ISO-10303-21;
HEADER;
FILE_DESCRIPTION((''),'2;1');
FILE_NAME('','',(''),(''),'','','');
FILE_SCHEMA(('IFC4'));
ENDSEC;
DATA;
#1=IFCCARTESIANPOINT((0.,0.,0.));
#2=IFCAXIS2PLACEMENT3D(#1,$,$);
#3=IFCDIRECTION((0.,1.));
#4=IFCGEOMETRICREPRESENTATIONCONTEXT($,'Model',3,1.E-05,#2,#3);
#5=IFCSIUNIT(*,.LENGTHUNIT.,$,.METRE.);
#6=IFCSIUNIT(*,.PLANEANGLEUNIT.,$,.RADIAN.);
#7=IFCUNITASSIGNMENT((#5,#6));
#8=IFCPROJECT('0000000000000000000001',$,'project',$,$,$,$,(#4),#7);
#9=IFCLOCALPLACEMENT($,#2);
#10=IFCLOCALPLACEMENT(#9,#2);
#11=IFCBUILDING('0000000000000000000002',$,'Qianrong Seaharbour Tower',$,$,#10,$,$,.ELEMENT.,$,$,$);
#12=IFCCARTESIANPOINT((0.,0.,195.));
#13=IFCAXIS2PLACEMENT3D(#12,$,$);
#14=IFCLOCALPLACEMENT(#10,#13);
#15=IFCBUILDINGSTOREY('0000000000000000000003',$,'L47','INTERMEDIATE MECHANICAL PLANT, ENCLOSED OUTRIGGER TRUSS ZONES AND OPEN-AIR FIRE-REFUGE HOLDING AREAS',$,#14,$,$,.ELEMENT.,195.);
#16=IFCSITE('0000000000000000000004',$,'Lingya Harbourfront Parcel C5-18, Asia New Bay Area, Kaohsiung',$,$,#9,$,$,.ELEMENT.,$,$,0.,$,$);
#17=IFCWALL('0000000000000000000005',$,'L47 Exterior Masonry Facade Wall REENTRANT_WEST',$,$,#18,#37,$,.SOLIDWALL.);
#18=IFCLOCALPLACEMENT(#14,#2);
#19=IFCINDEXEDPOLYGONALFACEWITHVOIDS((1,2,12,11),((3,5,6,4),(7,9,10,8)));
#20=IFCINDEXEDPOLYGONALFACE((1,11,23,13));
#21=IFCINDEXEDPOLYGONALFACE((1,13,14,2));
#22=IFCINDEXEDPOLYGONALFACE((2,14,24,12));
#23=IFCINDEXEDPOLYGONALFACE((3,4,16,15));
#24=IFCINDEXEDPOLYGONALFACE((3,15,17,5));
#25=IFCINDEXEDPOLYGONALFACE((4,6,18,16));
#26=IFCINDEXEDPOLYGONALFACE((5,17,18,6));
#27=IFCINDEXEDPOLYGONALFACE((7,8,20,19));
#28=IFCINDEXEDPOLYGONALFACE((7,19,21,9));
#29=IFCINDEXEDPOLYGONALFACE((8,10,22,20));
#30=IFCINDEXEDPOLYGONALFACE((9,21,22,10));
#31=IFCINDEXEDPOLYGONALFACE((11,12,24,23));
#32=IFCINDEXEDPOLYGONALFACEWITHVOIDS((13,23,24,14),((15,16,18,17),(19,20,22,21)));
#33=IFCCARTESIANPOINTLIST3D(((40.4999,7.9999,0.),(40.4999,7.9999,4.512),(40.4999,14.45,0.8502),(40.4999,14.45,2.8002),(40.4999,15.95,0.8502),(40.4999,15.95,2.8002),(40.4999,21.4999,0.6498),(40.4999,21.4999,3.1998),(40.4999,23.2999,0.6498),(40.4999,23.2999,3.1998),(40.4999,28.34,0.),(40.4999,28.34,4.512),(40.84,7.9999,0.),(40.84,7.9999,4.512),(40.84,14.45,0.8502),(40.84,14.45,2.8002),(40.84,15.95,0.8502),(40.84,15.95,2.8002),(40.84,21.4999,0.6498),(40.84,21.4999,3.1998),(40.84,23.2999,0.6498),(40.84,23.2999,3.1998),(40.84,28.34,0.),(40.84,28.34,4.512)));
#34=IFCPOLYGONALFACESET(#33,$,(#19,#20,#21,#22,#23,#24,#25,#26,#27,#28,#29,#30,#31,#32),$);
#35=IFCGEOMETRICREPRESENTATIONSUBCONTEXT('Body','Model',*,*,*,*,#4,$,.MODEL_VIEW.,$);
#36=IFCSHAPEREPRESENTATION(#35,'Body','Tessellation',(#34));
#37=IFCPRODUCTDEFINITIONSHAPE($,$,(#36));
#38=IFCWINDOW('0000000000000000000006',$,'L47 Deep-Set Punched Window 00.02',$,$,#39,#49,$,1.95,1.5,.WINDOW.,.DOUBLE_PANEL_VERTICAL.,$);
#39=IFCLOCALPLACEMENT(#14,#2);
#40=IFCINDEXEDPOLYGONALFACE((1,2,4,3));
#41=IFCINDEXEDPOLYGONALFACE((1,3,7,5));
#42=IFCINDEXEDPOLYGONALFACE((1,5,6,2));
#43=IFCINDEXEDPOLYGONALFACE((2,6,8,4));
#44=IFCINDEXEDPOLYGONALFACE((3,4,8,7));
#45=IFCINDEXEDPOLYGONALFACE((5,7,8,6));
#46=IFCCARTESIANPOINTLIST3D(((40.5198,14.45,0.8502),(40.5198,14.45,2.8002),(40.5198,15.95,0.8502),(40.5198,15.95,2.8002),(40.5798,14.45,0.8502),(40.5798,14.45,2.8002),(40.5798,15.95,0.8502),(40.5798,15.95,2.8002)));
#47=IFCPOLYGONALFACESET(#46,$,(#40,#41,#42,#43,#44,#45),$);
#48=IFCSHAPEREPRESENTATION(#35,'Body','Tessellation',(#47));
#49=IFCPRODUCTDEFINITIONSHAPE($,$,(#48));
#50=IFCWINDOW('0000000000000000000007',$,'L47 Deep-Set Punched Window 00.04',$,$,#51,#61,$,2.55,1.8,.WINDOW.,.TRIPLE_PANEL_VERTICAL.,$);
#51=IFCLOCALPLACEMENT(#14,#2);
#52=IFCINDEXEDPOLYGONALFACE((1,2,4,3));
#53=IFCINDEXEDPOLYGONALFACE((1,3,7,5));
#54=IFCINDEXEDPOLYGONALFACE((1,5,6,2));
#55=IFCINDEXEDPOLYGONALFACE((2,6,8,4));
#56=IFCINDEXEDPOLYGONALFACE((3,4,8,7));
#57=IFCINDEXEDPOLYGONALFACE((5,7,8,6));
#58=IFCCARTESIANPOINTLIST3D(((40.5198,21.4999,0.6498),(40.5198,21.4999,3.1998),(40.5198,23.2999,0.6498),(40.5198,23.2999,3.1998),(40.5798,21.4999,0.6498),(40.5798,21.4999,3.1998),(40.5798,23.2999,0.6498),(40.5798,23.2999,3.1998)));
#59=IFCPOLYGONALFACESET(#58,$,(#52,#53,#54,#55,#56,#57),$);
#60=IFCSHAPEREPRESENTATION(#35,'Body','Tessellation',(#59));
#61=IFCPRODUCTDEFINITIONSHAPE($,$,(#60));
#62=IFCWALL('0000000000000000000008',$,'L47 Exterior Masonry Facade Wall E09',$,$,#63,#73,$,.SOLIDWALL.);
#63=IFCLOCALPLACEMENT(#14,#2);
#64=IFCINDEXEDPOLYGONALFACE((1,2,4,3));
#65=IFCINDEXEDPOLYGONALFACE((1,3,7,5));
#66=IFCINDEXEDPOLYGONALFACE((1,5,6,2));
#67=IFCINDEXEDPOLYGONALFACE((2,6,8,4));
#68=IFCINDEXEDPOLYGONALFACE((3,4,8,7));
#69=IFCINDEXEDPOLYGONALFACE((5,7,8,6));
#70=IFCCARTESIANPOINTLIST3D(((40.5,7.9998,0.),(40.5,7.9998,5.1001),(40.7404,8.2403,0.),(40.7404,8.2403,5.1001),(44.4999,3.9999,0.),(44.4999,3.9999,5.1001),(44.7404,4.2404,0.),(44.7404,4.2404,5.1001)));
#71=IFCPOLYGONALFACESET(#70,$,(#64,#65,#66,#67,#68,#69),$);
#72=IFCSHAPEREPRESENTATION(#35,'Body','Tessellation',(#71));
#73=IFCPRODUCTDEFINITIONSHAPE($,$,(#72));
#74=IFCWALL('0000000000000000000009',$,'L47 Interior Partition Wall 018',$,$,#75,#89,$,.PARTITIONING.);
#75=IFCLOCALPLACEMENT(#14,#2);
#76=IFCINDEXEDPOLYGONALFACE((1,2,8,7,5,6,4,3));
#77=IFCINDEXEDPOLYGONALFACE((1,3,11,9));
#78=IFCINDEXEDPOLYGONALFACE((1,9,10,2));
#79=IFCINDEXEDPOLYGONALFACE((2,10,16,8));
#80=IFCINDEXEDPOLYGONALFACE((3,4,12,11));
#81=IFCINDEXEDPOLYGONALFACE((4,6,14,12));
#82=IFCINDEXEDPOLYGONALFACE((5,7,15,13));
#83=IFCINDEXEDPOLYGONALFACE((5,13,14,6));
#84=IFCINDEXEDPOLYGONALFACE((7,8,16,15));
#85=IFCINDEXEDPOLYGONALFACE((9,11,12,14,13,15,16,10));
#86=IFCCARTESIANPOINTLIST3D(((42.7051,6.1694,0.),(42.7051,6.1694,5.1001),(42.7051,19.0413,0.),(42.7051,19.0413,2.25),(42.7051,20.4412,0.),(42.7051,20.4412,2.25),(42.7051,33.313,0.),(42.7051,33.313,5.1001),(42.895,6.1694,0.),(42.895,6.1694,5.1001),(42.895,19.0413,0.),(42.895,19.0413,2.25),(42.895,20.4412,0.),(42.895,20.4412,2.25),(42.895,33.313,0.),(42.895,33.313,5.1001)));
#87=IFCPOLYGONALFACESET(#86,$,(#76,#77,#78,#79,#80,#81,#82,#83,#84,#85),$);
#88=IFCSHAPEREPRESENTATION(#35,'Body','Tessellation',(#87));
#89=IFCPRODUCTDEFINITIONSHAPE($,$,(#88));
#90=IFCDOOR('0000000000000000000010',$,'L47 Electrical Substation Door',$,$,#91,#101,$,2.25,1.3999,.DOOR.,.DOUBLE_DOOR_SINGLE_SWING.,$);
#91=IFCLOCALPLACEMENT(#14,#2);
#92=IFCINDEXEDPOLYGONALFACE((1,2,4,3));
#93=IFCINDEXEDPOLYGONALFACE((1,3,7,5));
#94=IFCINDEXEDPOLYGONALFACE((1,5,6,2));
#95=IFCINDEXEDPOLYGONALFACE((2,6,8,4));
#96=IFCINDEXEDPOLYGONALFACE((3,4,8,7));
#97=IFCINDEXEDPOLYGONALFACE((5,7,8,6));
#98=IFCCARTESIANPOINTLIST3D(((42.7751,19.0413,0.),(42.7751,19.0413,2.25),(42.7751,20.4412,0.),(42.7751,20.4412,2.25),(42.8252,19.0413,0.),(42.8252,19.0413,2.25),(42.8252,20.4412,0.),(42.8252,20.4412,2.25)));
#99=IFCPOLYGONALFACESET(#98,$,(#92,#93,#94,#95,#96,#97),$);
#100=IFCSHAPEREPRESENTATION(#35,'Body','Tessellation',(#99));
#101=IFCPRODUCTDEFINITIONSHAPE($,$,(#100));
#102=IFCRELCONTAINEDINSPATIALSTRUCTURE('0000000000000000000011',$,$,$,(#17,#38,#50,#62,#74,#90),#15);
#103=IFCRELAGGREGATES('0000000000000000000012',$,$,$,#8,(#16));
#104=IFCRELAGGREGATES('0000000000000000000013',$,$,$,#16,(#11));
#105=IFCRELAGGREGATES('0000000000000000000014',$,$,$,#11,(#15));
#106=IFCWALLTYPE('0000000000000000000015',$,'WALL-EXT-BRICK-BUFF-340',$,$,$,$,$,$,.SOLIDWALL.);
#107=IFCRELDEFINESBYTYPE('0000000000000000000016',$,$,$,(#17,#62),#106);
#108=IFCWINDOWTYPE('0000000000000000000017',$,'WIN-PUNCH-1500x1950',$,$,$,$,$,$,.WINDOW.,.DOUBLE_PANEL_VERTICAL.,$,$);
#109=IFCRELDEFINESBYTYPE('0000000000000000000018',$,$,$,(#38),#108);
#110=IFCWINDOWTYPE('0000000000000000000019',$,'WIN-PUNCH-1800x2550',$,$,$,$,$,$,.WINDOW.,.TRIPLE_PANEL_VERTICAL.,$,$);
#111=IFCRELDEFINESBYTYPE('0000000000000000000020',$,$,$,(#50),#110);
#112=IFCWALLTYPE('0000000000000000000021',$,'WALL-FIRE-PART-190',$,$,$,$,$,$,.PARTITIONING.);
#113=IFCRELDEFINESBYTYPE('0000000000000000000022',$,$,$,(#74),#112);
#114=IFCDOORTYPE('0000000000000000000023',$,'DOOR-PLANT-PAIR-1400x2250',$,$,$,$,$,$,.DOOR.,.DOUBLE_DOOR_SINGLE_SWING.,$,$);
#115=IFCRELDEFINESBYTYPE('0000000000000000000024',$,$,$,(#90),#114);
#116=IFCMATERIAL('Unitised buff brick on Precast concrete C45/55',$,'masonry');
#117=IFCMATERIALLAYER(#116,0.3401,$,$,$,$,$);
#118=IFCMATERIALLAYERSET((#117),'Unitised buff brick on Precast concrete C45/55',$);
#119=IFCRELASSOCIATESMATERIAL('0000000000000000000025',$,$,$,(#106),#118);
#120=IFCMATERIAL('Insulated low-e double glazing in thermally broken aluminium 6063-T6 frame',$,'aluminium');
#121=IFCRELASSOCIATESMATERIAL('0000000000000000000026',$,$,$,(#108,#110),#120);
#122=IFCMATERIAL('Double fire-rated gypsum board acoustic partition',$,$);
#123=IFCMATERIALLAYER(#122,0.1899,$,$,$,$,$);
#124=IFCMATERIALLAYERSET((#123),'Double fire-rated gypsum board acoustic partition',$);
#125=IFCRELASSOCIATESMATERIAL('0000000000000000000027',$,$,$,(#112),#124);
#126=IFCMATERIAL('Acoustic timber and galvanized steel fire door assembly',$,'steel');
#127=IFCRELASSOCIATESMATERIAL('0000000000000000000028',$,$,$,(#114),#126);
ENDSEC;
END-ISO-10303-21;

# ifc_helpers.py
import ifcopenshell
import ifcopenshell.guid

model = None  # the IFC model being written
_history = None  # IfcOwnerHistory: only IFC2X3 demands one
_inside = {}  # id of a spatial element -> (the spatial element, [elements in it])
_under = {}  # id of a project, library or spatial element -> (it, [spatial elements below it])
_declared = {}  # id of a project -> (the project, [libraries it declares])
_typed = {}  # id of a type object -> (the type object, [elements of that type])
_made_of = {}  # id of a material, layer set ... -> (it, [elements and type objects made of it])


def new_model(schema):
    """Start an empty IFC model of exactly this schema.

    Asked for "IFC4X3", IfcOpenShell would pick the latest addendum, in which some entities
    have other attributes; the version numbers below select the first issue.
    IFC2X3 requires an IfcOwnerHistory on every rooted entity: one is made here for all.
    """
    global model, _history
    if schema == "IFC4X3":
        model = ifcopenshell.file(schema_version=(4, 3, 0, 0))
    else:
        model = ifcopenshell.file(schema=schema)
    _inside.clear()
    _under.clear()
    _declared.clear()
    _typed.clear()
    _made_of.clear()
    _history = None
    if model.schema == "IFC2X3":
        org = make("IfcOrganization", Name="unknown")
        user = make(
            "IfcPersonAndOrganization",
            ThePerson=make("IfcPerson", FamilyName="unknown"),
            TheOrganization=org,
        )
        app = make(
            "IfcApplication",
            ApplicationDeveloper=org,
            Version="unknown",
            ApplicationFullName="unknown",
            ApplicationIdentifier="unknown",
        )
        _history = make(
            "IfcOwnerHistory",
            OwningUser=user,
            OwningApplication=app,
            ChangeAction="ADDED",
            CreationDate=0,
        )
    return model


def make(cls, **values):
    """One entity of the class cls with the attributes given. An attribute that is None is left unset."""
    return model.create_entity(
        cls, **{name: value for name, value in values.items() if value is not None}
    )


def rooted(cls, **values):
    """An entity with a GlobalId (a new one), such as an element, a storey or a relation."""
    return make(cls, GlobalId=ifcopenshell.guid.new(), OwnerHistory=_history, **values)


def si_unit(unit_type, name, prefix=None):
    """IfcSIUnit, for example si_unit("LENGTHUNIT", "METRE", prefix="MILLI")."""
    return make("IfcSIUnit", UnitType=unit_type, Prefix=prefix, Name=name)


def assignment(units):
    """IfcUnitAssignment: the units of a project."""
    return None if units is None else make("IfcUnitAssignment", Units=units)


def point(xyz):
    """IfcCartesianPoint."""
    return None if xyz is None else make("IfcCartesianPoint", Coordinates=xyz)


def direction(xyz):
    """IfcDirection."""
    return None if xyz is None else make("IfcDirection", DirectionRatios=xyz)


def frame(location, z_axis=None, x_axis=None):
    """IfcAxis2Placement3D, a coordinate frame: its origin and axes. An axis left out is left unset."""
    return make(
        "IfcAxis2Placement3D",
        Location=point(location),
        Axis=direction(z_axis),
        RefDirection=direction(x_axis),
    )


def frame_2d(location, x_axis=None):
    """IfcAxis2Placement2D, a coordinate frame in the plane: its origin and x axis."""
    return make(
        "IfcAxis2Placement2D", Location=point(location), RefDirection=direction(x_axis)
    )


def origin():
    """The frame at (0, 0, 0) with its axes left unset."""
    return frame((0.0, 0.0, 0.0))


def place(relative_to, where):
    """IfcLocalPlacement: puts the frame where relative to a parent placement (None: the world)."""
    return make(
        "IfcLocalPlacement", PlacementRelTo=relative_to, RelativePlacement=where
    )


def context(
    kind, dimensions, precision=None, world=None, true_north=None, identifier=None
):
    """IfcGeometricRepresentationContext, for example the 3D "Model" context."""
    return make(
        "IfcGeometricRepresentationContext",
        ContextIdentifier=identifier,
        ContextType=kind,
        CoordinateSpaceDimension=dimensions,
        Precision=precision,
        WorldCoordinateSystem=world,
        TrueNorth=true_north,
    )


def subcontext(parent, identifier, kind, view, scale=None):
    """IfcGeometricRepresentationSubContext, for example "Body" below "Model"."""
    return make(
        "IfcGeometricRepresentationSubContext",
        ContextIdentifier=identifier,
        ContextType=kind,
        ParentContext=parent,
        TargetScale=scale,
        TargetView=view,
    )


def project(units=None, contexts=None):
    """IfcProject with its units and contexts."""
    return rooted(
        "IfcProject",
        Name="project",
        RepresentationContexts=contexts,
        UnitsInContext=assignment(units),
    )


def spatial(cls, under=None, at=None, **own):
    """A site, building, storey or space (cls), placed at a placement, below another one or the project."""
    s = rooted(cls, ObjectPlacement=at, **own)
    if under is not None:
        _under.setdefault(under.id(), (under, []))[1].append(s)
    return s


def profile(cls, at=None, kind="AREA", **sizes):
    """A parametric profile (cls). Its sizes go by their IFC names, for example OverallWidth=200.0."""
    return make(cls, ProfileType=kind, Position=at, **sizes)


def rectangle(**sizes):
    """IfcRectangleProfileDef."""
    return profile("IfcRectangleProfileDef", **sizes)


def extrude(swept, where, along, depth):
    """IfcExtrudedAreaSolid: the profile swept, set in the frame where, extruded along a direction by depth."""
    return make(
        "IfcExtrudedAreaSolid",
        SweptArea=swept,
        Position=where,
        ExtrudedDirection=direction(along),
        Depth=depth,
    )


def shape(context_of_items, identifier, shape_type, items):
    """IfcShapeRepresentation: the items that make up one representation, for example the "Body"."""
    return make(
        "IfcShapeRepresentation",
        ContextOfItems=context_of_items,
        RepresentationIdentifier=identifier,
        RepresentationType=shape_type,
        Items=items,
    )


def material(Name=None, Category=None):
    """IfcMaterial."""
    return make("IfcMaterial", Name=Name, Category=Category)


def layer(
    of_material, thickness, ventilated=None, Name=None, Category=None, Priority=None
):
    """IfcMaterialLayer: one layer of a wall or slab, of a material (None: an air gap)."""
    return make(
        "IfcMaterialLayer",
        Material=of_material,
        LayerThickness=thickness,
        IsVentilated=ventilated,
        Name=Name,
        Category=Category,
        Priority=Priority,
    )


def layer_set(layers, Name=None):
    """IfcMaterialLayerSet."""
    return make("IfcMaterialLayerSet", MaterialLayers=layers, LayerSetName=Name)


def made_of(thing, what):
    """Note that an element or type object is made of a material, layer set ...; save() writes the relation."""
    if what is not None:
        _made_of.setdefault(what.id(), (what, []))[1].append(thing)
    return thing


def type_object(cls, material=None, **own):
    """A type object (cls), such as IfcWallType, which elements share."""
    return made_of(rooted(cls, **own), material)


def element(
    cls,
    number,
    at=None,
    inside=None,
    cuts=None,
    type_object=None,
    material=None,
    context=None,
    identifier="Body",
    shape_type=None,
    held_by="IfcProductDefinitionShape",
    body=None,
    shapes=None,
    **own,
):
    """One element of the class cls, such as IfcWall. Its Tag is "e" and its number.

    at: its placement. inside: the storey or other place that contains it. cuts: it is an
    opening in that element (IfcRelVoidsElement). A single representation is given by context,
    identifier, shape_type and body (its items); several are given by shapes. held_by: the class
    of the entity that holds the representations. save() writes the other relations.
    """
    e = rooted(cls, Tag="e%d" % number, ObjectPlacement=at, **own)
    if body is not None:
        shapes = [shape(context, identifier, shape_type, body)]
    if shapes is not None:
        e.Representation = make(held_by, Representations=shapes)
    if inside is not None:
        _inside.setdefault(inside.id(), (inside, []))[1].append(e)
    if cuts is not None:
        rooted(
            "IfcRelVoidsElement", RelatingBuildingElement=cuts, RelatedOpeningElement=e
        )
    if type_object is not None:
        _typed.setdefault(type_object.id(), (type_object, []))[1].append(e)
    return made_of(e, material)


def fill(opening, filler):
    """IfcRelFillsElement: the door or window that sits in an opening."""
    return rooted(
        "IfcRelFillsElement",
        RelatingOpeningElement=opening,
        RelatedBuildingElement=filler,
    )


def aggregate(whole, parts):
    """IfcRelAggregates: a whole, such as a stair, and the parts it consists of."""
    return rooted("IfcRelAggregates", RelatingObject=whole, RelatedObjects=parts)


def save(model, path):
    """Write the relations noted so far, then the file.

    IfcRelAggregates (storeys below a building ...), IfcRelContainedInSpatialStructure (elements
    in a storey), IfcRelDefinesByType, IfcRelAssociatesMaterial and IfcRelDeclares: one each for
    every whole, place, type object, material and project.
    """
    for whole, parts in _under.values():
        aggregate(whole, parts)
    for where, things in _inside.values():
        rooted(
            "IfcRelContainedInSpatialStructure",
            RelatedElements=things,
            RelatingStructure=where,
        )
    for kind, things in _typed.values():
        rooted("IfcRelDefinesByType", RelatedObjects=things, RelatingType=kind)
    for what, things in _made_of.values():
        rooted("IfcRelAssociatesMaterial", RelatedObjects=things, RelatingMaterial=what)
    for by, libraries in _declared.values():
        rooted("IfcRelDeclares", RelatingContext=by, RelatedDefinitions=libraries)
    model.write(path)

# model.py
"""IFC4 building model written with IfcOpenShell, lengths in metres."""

from ifc_helpers import new_model, si_unit, direction, frame, frame_2d, origin, place, context, subcontext, project, spatial, rectangle, extrude, material, layer, layer_set, type_object, element, fill, save


model = new_model("IFC4")

# Units and contexts
model_context = context("Model", 3, precision=1e-05, world=origin(), true_north=direction((0.0, 1.0)))
body_context = subcontext(model_context, "Body", "Model", "MODEL_VIEW")
ifc_project = project(units=[si_unit("LENGTHUNIT", "METRE"), si_unit("PLANEANGLEUNIT", "RADIAN")], contexts=[model_context])

# Site, building, storey
site_placement = place(None, origin())
site = spatial("IfcSite", under=ifc_project, at=site_placement, Name="Lingya Harbourfront Parcel C5-18, Asia New Bay Area, Kaohsiung", CompositionType="ELEMENT", RefElevation=0.0)
building_placement = place(site_placement, origin())
building = spatial("IfcBuilding", under=site, at=building_placement, Name="Qianrong Seaharbour Tower", CompositionType="ELEMENT")
storey_placement = place(building_placement, frame((0.0, 0.0, 195.0)))
storey = spatial("IfcBuildingStorey", under=building, at=storey_placement, Name="L47", Description="INTERMEDIATE MECHANICAL PLANT, ENCLOSED OUTRIGGER TRUSS ZONES AND OPEN-AIR FIRE-REFUGE HOLDING AREAS", CompositionType="ELEMENT", Elevation=195.0)

# Wall, openings, windows
ifc_material_1 = material(Name="Unitised buff brick on Precast concrete C45/55", Category="masonry")
ifc_layer_1 = layer(ifc_material_1, 0.3401)
ifc_layer_set_1 = layer_set([ifc_layer_1], Name="Unitised buff brick on Precast concrete C45/55")
wall_type_1 = type_object("IfcWallType", Name="WALL-EXT-BRICK-BUFF-340", PredefinedType="SOLIDWALL", material=ifc_layer_set_1)
wall_1_placement = place(storey_placement, frame((40.6699, 8.0, 0.0), z_axis=(0.0, 0.0, 1.0), x_axis=(0.0, 1.0, 0.0)))
wall_1 = element("IfcWall", 1, at=wall_1_placement, inside=storey, type_object=wall_type_1, Name="L47 Exterior Masonry Facade Wall REENTRANT_WEST", PredefinedType="SOLIDWALL", context=body_context, shape_type="SweptSolid", body=[
    extrude(rectangle(XDim=20.3401, YDim=0.3401, at=frame_2d((10.1699, 0.0))), origin(), (0.0, 0.0, 1.0), 4.512),
])
opening_1_placement = place(wall_1_placement, frame((6.45, 0.0, 0.8501)))
opening_1 = element("IfcOpeningElement", 2, at=opening_1_placement, cuts=wall_1, PredefinedType="OPENING", context=body_context, shape_type="SweptSolid", body=[
    extrude(rectangle(XDim=1.5, YDim=1.95, at=frame_2d((0.75, 0.9751))), frame((0.0, 0.1802, 0.0), z_axis=(0.0, -1.0, 0.0), x_axis=(1.0, 0.0, 0.0)), (0.0, 0.0, 1.0), 0.3601),
])
opening_2_placement = place(wall_1_placement, frame((13.5, 0.0, 0.6499)))
opening_2 = element("IfcOpeningElement", 3, at=opening_2_placement, cuts=wall_1, PredefinedType="OPENING", context=body_context, shape_type="SweptSolid", body=[
    extrude(rectangle(XDim=1.8, YDim=2.55, at=frame_2d((0.8999, 1.2749))), frame((0.0, 0.1802, 0.0), z_axis=(0.0, -1.0, 0.0), x_axis=(1.0, 0.0, 0.0)), (0.0, 0.0, 1.0), 0.3601),
])
ifc_material_2 = material(Name="Insulated low-e double glazing in thermally broken aluminium 6063-T6 frame", Category="aluminium")
window_type_1 = type_object("IfcWindowType", Name="WIN-PUNCH-1500x1950", PartitioningType="DOUBLE_PANEL_VERTICAL", PredefinedType="WINDOW", material=ifc_material_2)
window_1_placement = place(opening_1_placement, origin())
window_1 = element("IfcWindow", 4, at=window_1_placement, inside=storey, type_object=window_type_1, Name="L47 Deep-Set Punched Window 00.02", OverallHeight=1.95, OverallWidth=1.5, PartitioningType="DOUBLE_PANEL_VERTICAL", PredefinedType="WINDOW", context=body_context, shape_type="SweptSolid", body=[
    extrude(rectangle(XDim=1.5, YDim=1.95, at=frame_2d((0.75, 0.9751))), frame((0.0, 0.1501, 0.0), z_axis=(0.0, -1.0, 0.0), x_axis=(1.0, 0.0, 0.0)), (0.0, 0.0, 1.0), 0.0601),
])
fill(opening_1, window_1)
window_type_2 = type_object("IfcWindowType", Name="WIN-PUNCH-1800x2550", PartitioningType="TRIPLE_PANEL_VERTICAL", PredefinedType="WINDOW", material=ifc_material_2)
window_2_placement = place(opening_2_placement, origin())
window_2 = element("IfcWindow", 5, at=window_2_placement, inside=storey, type_object=window_type_2, Name="L47 Deep-Set Punched Window 00.04", OverallHeight=2.55, OverallWidth=1.8, PartitioningType="TRIPLE_PANEL_VERTICAL", PredefinedType="WINDOW", context=body_context, shape_type="SweptSolid", body=[
    extrude(rectangle(XDim=1.8, YDim=2.55, at=frame_2d((0.8999, 1.2749))), frame((0.0, 0.1501, 0.0), z_axis=(0.0, -1.0, 0.0), x_axis=(1.0, 0.0, 0.0)), (0.0, 0.0, 1.0), 0.0601),
])
fill(opening_2, window_2)

# Wall
wall_2_placement = place(storey_placement, frame((44.6201, 4.1201, 0.0), z_axis=(0.0, 0.0, 1.0), x_axis=(-0.707107, 0.707107, 0.0)))
element("IfcWall", 6, at=wall_2_placement, inside=storey, type_object=wall_type_1, Name="L47 Exterior Masonry Facade Wall E09", PredefinedType="SOLIDWALL", context=body_context, shape_type="SweptSolid", body=[
    extrude(rectangle(XDim=5.6567, YDim=0.3401, at=frame_2d((2.8284, 0.0))), origin(), (0.0, 0.0, 1.0), 5.1001),
])

# Wall, opening, door
ifc_material_3 = material(Name="Double fire-rated gypsum board acoustic partition")
ifc_layer_2 = layer(ifc_material_3, 0.1899)
ifc_layer_set_2 = layer_set([ifc_layer_2], Name="Double fire-rated gypsum board acoustic partition")
wall_type_2 = type_object("IfcWallType", Name="WALL-FIRE-PART-190", PredefinedType="PARTITIONING", material=ifc_layer_set_2)
wall_3_placement = place(storey_placement, frame((42.8, 6.1694, 0.0), z_axis=(0.0, 0.0, 1.0), x_axis=(0.0, 1.0, 0.0)))
wall_3 = element("IfcWall", 7, at=wall_3_placement, inside=storey, type_object=wall_type_2, Name="L47 Interior Partition Wall 018", PredefinedType="PARTITIONING", context=body_context, shape_type="SweptSolid", body=[
    extrude(rectangle(XDim=27.1436, YDim=0.1899, at=frame_2d((13.5718, 0.0))), origin(), (0.0, 0.0, 1.0), 5.1001),
])
opening_3_placement = place(wall_3_placement, frame((12.8718, 0.0, 0.0)))
opening_3 = element("IfcOpeningElement", 8, at=opening_3_placement, cuts=wall_3, PredefinedType="OPENING", context=body_context, shape_type="SweptSolid", body=[
    extrude(rectangle(XDim=1.3999, YDim=2.25, at=frame_2d((0.7, 1.125))), frame((0.0, 0.105, 0.0), z_axis=(0.0, -1.0, 0.0), x_axis=(1.0, 0.0, 0.0)), (0.0, 0.0, 1.0), 0.21),
])
ifc_material_4 = material(Name="Acoustic timber and galvanized steel fire door assembly", Category="steel")
door_type = type_object("IfcDoorType", Name="DOOR-PLANT-PAIR-1400x2250", OperationType="DOUBLE_DOOR_SINGLE_SWING", PredefinedType="DOOR", material=ifc_material_4)
door_placement = place(opening_3_placement, origin())
door = element("IfcDoor", 9, at=door_placement, inside=storey, type_object=door_type, Name="L47 Electrical Substation Door", OperationType="DOUBLE_DOOR_SINGLE_SWING", OverallHeight=2.25, OverallWidth=1.3999, PredefinedType="DOOR", context=body_context, shape_type="SweptSolid", body=[
    extrude(rectangle(XDim=1.3999, YDim=2.25, at=frame_2d((0.7, 1.125))), frame((0.0, 0.0249, 0.0), z_axis=(0.0, -1.0, 0.0), x_axis=(1.0, 0.0, 0.0)), (0.0, 0.0, 1.0), 0.05),
])
fill(opening_3, door)

save(model, "model.ifc")
